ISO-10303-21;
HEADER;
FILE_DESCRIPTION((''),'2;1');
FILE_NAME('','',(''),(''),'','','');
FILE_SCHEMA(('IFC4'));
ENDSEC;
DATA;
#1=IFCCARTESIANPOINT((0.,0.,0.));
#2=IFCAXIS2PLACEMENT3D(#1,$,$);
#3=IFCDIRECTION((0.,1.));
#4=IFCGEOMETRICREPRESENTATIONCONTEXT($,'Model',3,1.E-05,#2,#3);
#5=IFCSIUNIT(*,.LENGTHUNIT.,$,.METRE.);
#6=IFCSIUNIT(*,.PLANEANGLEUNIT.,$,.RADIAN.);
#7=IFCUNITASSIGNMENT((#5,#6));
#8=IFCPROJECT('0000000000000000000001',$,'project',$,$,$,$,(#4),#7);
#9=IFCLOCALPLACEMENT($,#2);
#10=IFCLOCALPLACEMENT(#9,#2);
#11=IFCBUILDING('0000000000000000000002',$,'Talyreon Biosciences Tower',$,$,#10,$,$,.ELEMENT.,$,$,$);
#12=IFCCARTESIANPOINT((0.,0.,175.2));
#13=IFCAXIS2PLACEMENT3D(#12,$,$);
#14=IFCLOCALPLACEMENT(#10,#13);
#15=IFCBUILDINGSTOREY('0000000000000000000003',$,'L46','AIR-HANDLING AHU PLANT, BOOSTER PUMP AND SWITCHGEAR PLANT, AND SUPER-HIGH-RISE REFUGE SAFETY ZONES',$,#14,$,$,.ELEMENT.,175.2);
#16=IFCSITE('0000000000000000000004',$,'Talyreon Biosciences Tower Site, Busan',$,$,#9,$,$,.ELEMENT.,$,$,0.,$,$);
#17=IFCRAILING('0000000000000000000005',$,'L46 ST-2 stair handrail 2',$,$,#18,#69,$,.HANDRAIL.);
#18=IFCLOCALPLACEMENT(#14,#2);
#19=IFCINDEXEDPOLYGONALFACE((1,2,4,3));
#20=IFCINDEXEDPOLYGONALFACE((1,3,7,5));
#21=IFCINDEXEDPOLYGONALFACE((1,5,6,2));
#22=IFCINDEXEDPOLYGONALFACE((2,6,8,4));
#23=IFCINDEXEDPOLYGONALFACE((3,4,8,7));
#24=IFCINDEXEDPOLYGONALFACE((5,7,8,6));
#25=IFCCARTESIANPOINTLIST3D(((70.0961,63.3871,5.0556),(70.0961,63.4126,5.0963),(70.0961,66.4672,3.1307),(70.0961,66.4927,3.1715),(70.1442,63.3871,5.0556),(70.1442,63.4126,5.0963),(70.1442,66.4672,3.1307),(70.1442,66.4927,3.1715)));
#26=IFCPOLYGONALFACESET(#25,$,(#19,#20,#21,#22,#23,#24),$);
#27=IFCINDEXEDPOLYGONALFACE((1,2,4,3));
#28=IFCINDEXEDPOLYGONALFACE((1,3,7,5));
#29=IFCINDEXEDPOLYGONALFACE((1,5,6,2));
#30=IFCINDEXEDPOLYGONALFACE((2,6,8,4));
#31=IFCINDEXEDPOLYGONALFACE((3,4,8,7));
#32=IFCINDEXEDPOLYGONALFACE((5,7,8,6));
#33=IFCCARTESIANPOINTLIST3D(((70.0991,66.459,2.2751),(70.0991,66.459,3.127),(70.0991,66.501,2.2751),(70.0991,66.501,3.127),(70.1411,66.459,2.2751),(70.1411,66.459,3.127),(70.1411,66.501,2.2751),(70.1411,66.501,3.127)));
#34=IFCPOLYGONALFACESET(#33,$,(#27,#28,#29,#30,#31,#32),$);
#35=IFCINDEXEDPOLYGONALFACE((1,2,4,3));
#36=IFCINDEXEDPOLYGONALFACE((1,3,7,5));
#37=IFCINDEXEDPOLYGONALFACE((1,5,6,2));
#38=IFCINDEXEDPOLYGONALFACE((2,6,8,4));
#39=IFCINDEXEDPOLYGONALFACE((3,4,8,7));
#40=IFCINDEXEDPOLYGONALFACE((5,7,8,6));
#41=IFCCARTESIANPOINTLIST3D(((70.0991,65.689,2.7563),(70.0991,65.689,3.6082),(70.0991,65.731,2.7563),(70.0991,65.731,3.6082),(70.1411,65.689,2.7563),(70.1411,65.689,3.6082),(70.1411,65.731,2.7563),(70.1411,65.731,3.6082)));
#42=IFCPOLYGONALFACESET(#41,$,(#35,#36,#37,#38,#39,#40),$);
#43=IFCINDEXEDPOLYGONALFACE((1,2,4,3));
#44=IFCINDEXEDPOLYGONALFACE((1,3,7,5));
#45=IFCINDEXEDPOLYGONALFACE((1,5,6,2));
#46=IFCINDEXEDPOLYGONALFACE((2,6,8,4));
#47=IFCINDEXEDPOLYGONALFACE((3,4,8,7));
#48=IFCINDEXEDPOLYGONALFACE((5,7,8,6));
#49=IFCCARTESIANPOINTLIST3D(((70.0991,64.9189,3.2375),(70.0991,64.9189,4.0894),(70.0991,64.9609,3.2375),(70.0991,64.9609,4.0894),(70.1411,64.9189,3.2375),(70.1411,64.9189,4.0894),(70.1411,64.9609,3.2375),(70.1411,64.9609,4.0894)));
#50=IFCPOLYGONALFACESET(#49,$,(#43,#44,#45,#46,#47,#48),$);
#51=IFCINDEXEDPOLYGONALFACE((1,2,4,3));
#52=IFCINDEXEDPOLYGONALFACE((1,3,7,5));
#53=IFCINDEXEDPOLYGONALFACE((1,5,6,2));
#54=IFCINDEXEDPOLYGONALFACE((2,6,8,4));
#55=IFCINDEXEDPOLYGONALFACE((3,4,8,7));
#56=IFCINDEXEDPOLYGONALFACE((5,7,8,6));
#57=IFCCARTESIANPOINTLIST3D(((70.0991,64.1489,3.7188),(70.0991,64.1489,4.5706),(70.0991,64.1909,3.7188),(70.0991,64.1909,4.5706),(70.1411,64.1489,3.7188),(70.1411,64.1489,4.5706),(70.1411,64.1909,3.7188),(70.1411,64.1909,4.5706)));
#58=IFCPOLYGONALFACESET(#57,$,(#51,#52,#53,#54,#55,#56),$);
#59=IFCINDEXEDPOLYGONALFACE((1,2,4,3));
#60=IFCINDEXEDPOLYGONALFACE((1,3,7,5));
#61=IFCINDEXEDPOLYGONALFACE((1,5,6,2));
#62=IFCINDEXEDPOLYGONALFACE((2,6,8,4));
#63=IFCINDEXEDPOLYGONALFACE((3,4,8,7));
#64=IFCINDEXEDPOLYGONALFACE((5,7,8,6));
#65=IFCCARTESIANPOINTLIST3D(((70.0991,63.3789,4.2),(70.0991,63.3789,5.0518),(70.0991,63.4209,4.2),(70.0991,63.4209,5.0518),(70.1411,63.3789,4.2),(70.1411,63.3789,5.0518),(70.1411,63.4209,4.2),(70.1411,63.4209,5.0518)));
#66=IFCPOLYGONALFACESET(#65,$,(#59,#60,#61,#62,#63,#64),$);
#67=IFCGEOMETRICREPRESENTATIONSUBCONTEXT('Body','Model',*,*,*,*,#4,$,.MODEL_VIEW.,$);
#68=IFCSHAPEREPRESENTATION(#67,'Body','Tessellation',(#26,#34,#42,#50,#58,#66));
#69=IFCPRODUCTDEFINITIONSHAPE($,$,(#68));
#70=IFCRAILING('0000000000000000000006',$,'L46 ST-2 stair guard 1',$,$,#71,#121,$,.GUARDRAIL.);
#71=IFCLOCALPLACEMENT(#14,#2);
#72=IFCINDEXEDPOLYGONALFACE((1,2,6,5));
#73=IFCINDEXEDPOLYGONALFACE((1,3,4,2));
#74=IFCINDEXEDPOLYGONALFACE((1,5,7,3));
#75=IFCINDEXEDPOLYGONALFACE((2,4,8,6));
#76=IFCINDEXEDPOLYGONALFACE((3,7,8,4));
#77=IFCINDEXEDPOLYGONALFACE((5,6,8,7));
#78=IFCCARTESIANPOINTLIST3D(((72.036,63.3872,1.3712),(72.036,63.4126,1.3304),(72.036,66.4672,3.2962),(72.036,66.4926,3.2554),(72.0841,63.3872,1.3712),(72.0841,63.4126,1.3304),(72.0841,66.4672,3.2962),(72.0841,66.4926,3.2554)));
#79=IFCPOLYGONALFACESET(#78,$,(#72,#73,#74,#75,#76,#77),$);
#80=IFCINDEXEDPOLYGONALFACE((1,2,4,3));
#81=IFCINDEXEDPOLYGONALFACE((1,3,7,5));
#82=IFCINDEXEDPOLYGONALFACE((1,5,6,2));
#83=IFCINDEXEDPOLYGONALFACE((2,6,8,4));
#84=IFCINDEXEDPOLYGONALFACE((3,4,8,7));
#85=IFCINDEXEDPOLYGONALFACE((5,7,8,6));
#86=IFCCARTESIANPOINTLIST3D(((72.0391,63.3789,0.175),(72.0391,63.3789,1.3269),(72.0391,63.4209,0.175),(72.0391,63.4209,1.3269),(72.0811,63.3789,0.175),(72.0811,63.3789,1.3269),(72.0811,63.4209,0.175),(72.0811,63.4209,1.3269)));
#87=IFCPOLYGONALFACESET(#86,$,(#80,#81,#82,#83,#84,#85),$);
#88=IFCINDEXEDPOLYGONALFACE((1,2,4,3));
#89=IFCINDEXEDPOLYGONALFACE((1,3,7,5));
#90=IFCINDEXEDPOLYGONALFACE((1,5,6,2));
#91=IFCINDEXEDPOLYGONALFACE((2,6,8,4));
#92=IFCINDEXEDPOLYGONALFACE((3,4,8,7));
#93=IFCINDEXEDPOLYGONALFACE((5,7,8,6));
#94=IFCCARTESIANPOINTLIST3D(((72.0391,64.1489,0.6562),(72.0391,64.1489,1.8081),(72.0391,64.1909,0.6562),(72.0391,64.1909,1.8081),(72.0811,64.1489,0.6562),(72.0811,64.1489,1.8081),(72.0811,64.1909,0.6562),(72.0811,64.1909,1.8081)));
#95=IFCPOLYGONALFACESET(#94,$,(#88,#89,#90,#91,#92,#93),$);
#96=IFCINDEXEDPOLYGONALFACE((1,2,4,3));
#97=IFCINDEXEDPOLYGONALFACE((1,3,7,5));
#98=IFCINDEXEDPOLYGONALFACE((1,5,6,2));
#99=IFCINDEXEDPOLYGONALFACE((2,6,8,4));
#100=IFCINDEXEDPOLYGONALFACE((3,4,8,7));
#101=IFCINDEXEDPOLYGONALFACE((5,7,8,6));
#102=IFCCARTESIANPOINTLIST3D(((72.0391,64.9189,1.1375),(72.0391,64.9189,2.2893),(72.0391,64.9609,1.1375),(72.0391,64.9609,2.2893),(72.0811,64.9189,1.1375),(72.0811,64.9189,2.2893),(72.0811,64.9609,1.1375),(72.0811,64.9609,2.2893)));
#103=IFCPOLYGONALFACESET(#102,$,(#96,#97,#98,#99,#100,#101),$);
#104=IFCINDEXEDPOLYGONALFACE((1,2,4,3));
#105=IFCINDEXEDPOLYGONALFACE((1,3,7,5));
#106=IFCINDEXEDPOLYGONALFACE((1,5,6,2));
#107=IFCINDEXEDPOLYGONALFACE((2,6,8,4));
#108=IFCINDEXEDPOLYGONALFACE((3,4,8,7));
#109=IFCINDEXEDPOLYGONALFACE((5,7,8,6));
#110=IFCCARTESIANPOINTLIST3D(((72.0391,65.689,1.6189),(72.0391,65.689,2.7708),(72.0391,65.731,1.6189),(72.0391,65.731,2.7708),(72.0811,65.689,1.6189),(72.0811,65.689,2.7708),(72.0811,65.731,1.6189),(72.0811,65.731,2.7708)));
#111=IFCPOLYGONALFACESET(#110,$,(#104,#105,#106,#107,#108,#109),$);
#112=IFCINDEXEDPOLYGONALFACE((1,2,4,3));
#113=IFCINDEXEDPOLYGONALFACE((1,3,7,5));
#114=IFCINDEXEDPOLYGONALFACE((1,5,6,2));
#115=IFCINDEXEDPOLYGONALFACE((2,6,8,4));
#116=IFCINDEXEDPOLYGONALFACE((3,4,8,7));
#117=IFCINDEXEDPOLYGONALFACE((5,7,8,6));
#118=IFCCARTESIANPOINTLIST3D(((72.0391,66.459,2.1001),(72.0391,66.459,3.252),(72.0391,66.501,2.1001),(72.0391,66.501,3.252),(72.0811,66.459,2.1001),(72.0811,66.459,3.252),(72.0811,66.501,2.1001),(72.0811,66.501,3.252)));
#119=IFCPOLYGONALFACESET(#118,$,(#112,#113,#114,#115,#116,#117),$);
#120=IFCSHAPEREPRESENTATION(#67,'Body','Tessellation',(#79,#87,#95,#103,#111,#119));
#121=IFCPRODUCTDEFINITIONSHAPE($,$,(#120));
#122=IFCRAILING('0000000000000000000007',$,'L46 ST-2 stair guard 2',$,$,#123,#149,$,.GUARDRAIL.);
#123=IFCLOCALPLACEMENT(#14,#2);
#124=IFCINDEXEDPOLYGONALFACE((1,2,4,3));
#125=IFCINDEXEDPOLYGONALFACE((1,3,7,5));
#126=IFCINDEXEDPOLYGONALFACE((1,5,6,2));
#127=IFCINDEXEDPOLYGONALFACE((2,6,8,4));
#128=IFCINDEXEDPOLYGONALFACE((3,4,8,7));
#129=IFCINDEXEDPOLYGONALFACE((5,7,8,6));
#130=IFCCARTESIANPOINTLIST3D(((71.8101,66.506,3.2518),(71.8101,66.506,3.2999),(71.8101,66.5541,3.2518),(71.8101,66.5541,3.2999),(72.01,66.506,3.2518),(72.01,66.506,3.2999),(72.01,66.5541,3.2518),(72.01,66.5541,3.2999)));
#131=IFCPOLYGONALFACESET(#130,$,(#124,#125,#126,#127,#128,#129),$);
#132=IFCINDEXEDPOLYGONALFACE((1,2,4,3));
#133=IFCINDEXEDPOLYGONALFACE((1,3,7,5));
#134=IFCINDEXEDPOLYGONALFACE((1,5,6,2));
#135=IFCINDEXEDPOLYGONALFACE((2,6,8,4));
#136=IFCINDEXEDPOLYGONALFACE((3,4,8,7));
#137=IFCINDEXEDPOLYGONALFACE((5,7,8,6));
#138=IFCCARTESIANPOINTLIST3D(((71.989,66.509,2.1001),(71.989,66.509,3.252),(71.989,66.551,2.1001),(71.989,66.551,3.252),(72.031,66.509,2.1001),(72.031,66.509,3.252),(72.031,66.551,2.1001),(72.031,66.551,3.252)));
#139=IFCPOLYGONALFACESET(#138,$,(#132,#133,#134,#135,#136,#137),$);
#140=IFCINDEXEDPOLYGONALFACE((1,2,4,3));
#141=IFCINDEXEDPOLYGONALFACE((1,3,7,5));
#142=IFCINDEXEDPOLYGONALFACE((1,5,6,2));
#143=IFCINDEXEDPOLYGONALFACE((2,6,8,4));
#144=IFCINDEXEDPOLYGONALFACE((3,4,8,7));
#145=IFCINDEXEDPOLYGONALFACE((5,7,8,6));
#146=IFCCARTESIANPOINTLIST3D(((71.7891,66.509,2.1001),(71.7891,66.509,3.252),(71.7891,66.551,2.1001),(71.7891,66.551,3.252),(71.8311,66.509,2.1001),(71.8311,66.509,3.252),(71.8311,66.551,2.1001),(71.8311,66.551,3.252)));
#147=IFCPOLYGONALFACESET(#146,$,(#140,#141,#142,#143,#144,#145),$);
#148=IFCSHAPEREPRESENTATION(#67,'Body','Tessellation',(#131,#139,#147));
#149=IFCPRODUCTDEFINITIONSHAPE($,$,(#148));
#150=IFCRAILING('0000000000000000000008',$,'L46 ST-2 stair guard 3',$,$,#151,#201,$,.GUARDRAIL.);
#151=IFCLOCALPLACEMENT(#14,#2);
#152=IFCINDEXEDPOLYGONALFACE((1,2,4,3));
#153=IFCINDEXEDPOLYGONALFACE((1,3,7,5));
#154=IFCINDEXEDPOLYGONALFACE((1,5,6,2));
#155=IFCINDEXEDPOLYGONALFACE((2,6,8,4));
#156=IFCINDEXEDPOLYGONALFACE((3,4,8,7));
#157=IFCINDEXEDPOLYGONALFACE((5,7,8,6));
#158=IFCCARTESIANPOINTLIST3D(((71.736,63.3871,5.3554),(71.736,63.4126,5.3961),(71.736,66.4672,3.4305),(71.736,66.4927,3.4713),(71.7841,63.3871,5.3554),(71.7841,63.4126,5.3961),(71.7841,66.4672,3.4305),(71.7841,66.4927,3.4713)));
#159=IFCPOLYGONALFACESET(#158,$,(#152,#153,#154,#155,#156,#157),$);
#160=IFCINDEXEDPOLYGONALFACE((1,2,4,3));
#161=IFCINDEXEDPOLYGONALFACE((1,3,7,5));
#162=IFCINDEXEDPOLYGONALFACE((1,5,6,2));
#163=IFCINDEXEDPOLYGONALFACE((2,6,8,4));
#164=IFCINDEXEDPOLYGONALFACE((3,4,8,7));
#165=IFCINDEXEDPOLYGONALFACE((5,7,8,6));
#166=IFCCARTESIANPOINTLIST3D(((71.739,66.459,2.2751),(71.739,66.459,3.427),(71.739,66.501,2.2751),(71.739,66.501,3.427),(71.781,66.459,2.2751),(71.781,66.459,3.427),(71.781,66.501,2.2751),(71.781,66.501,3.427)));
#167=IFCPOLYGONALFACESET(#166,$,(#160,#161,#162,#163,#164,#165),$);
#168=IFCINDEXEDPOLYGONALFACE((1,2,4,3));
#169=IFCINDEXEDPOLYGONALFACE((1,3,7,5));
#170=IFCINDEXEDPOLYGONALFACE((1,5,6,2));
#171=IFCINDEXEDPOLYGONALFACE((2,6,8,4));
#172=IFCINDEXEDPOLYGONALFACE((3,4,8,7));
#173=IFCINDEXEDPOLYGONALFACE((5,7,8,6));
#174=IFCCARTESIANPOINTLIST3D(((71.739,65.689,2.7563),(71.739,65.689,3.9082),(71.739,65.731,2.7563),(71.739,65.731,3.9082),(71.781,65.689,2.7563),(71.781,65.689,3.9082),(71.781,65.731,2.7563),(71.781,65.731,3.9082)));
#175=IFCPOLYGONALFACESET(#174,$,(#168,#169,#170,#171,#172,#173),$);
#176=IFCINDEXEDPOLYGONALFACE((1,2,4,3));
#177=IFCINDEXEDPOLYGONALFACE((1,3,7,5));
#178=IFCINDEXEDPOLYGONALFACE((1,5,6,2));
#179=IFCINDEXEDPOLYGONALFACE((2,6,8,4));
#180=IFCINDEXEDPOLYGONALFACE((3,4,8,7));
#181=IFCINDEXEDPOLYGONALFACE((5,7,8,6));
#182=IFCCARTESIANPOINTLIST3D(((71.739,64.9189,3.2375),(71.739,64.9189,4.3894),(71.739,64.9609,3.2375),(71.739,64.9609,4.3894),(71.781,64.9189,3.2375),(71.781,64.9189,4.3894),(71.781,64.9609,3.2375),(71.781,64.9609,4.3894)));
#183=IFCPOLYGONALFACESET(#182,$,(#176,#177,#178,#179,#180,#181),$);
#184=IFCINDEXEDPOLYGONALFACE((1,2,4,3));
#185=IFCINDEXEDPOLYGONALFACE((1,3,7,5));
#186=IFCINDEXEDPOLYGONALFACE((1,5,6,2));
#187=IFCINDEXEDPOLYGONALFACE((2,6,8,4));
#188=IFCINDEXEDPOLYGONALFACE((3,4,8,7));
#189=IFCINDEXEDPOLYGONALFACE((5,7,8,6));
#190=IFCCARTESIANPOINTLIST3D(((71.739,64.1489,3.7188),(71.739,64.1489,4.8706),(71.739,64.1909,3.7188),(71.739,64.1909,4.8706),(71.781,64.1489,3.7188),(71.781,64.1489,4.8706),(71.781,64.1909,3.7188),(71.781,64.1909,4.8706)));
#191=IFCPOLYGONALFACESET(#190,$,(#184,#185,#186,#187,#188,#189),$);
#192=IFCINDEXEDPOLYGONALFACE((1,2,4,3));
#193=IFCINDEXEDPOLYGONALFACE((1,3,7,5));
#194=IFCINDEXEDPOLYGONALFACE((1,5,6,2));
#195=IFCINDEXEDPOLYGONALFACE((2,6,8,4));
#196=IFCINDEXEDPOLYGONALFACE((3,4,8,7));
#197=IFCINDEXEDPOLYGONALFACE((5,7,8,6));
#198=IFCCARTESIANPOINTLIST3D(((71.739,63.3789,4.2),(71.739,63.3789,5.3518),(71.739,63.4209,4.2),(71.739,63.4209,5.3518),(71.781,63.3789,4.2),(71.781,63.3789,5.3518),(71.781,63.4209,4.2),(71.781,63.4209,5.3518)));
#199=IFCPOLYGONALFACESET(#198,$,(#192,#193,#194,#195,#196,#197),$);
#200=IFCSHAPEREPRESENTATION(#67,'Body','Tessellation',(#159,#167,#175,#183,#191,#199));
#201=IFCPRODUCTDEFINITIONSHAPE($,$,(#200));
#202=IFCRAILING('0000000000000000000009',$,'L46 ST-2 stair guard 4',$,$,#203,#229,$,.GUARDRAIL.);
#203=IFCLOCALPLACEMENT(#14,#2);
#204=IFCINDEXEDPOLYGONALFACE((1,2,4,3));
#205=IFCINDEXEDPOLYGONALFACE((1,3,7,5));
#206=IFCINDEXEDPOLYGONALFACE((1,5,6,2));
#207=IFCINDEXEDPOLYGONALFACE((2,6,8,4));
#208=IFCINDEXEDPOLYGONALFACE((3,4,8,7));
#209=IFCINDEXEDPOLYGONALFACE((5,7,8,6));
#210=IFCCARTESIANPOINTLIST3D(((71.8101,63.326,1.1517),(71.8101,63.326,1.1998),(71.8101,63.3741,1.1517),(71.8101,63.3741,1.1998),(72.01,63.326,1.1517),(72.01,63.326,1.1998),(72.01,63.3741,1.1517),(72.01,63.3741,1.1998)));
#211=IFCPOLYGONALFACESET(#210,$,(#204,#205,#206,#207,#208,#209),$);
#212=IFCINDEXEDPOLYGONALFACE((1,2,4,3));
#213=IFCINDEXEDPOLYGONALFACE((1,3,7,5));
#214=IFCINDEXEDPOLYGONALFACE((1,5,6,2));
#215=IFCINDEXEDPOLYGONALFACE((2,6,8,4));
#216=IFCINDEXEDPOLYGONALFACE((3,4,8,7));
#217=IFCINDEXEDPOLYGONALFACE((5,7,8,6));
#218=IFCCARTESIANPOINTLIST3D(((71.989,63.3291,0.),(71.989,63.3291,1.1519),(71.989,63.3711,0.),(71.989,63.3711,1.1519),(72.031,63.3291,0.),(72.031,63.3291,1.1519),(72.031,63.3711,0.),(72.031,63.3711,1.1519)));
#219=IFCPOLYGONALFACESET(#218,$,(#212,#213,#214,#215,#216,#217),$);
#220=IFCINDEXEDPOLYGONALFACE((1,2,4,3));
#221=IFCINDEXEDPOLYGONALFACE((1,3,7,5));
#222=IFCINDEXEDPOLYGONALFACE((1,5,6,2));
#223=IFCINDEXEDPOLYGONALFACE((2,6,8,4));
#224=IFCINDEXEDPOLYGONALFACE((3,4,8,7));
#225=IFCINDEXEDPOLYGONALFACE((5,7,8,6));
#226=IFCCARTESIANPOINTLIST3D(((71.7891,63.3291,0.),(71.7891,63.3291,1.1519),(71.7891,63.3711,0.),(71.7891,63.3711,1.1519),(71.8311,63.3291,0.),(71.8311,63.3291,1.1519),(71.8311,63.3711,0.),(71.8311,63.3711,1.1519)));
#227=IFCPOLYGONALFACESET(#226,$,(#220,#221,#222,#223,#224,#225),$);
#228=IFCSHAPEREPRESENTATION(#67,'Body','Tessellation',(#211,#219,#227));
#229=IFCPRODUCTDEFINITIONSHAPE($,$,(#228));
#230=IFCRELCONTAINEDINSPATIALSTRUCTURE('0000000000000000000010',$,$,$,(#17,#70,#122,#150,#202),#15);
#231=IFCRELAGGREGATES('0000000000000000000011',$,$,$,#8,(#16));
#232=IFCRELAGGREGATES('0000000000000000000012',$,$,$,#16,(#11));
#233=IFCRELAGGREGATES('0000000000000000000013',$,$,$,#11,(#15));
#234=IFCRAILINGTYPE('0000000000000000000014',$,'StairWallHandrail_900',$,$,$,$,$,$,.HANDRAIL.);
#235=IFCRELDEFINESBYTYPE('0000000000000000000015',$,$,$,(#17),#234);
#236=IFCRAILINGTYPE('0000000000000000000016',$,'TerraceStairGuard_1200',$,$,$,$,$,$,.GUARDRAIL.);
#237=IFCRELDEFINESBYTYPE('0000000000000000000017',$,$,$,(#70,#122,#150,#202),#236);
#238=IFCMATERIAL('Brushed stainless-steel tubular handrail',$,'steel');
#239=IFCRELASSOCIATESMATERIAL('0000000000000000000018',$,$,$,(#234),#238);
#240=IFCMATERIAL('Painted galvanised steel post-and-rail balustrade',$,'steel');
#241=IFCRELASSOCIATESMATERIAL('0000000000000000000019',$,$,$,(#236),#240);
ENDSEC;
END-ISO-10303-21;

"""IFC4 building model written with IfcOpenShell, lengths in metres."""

from ifc_helpers import new_model, si_unit, direction, frame, origin, origin_2d, place, context, subcontext, project, spatial, rectangle, extrude, material, type_object, element, save


model = new_model("IFC4")

# Units and contexts
model_context = context("Model", 3, precision=1e-05, world=origin(), true_north=direction((0.0, 1.0)))
body_context = subcontext(model_context, "Body", "Model", "MODEL_VIEW")
ifc_project = project(units=[si_unit("LENGTHUNIT", "METRE"), si_unit("PLANEANGLEUNIT", "RADIAN")], contexts=[model_context])

# Site, building, storey
site_placement = place(None, origin())
site = spatial("IfcSite", under=ifc_project, at=site_placement, Name="Talyreon Biosciences Tower Site, Busan", CompositionType="ELEMENT", RefElevation=0.0)
building_placement = place(site_placement, origin())
building = spatial("IfcBuilding", under=site, at=building_placement, Name="Talyreon Biosciences Tower", CompositionType="ELEMENT")
storey_placement = place(building_placement, frame((0.0, 0.0, 175.2)))
storey = spatial("IfcBuildingStorey", under=building, at=storey_placement, Name="L46", Description="AIR-HANDLING AHU PLANT, BOOSTER PUMP AND SWITCHGEAR PLANT, AND SUPER-HIGH-RISE REFUGE SAFETY ZONES", CompositionType="ELEMENT", Elevation=175.2)

# Railings
ifc_material_1 = material(Name="Brushed stainless-steel tubular handrail", Category="steel")
railing_type_1 = type_object("IfcRailingType", Name="StairWallHandrail_900", PredefinedType="HANDRAIL", material=ifc_material_1)
railing_1_placement = place(storey_placement, frame((70.1201, 66.48, 2.2751)))
element("IfcRailing", 1, at=railing_1_placement, inside=storey, type_object=railing_type_1, Name="L46 ST-2 stair handrail 2", PredefinedType="HANDRAIL", context=body_context, shape_type="SweptSolid", body=[
    extrude(rectangle(XDim=0.0481, YDim=0.0481, at=origin_2d()), frame((0.0, 0.0, 0.876), z_axis=(0.0, -0.848029, 0.529951), x_axis=(1.0, 0.0, 0.0)), (0.0, 0.0, 1.0), 3.6321),
    extrude(rectangle(XDim=0.042, YDim=0.042, at=origin_2d()), origin(), (0.0, 0.0, 1.0), 0.8518),
    extrude(rectangle(XDim=0.042, YDim=0.042, at=origin_2d()), frame((0.0, -0.77, 0.4812)), (0.0, 0.0, 1.0), 0.8518),
    extrude(rectangle(XDim=0.042, YDim=0.042, at=origin_2d()), frame((0.0, -1.54, 0.9624)), (0.0, 0.0, 1.0), 0.8518),
    extrude(rectangle(XDim=0.042, YDim=0.042, at=origin_2d()), frame((0.0, -2.3101, 1.4436)), (0.0, 0.0, 1.0), 0.8518),
    extrude(rectangle(XDim=0.042, YDim=0.042, at=origin_2d()), frame((0.0, -3.0801, 1.9248)), (0.0, 0.0, 1.0), 0.8518),
])
ifc_material_2 = material(Name="Painted galvanised steel post-and-rail balustrade", Category="steel")
railing_type_2 = type_object("IfcRailingType", Name="TerraceStairGuard_1200", PredefinedType="GUARDRAIL", material=ifc_material_2)
railing_2_placement = place(storey_placement, frame((72.0601, 63.3999, 0.175)))
element("IfcRailing", 2, at=railing_2_placement, inside=storey, type_object=railing_type_2, Name="L46 ST-2 stair guard 1", PredefinedType="GUARDRAIL", context=body_context, shape_type="SweptSolid", body=[
    extrude(rectangle(XDim=0.0481, YDim=0.0481, at=origin_2d()), frame((0.0, 0.0, 1.1758), z_axis=(0.0, 0.847998, 0.529999), x_axis=(-1.0, 0.0, 0.0)), (0.0, 0.0, 1.0), 3.6321),
    extrude(rectangle(XDim=0.042, YDim=0.042, at=origin_2d()), origin(), (0.0, 0.0, 1.0), 1.1519),
    extrude(rectangle(XDim=0.042, YDim=0.042, at=origin_2d()), frame((0.0, 0.77, 0.4812)), (0.0, 0.0, 1.0), 1.1519),
    extrude(rectangle(XDim=0.042, YDim=0.042, at=origin_2d()), frame((0.0, 1.54, 0.9624)), (0.0, 0.0, 1.0), 1.1519),
    extrude(rectangle(XDim=0.042, YDim=0.042, at=origin_2d()), frame((0.0, 2.3101, 1.4438)), (0.0, 0.0, 1.0), 1.1519),
    extrude(rectangle(XDim=0.042, YDim=0.042, at=origin_2d()), frame((0.0, 3.0801, 1.925)), (0.0, 0.0, 1.0), 1.1519),
])
railing_3_placement = place(storey_placement, frame((72.01, 66.53, 2.1001)))
element("IfcRailing", 3, at=railing_3_placement, inside=storey, type_object=railing_type_2, Name="L46 ST-2 stair guard 2", PredefinedType="GUARDRAIL", context=body_context, shape_type="SweptSolid", body=[
    extrude(rectangle(XDim=0.0481, YDim=0.0481, at=origin_2d()), frame((0.0, 0.0, 1.1758), z_axis=(-1.0, 0.0, 0.0), x_axis=(0.0, -1.0, 0.0)), (0.0, 0.0, 1.0), 0.2),
    extrude(rectangle(XDim=0.042, YDim=0.042, at=origin_2d()), origin(), (0.0, 0.0, 1.0), 1.1519),
    extrude(rectangle(XDim=0.042, YDim=0.042, at=origin_2d()), frame((-0.2, 0.0, 0.0)), (0.0, 0.0, 1.0), 1.1519),
])
railing_4_placement = place(storey_placement, frame((71.76, 66.48, 2.2751)))
element("IfcRailing", 4, at=railing_4_placement, inside=storey, type_object=railing_type_2, Name="L46 ST-2 stair guard 3", PredefinedType="GUARDRAIL", context=body_context, shape_type="SweptSolid", body=[
    extrude(rectangle(XDim=0.0481, YDim=0.0481, at=origin_2d()), frame((0.0, 0.0, 1.1758), z_axis=(0.0, -0.848029, 0.529951), x_axis=(1.0, 0.0, 0.0)), (0.0, 0.0, 1.0), 3.6321),
    extrude(rectangle(XDim=0.042, YDim=0.042, at=origin_2d()), origin(), (0.0, 0.0, 1.0), 1.1519),
    extrude(rectangle(XDim=0.042, YDim=0.042, at=origin_2d()), frame((0.0, -0.77, 0.4812)), (0.0, 0.0, 1.0), 1.1519),
    extrude(rectangle(XDim=0.042, YDim=0.042, at=origin_2d()), frame((0.0, -1.54, 0.9624)), (0.0, 0.0, 1.0), 1.1519),
    extrude(rectangle(XDim=0.042, YDim=0.042, at=origin_2d()), frame((0.0, -2.3101, 1.4436)), (0.0, 0.0, 1.0), 1.1519),
    extrude(rectangle(XDim=0.042, YDim=0.042, at=origin_2d()), frame((0.0, -3.0801, 1.9248)), (0.0, 0.0, 1.0), 1.1519),
])
railing_5_placement = place(storey_placement, frame((72.01, 63.3501, 0.0)))
element("IfcRailing", 5, at=railing_5_placement, inside=storey, type_object=railing_type_2, Name="L46 ST-2 stair guard 4", PredefinedType="GUARDRAIL", context=body_context, shape_type="SweptSolid", body=[
    extrude(rectangle(XDim=0.0481, YDim=0.0481, at=origin_2d()), frame((0.0, 0.0, 1.1758), z_axis=(-1.0, 0.0, 0.0), x_axis=(0.0, -1.0, 0.0)), (0.0, 0.0, 1.0), 0.2),
    extrude(rectangle(XDim=0.042, YDim=0.042, at=origin_2d()), origin(), (0.0, 0.0, 1.0), 1.1519),
    extrude(rectangle(XDim=0.042, YDim=0.042, at=origin_2d()), frame((-0.2, 0.0, 0.0)), (0.0, 0.0, 1.0), 1.1519),
])

save(model, "model.ifc")
